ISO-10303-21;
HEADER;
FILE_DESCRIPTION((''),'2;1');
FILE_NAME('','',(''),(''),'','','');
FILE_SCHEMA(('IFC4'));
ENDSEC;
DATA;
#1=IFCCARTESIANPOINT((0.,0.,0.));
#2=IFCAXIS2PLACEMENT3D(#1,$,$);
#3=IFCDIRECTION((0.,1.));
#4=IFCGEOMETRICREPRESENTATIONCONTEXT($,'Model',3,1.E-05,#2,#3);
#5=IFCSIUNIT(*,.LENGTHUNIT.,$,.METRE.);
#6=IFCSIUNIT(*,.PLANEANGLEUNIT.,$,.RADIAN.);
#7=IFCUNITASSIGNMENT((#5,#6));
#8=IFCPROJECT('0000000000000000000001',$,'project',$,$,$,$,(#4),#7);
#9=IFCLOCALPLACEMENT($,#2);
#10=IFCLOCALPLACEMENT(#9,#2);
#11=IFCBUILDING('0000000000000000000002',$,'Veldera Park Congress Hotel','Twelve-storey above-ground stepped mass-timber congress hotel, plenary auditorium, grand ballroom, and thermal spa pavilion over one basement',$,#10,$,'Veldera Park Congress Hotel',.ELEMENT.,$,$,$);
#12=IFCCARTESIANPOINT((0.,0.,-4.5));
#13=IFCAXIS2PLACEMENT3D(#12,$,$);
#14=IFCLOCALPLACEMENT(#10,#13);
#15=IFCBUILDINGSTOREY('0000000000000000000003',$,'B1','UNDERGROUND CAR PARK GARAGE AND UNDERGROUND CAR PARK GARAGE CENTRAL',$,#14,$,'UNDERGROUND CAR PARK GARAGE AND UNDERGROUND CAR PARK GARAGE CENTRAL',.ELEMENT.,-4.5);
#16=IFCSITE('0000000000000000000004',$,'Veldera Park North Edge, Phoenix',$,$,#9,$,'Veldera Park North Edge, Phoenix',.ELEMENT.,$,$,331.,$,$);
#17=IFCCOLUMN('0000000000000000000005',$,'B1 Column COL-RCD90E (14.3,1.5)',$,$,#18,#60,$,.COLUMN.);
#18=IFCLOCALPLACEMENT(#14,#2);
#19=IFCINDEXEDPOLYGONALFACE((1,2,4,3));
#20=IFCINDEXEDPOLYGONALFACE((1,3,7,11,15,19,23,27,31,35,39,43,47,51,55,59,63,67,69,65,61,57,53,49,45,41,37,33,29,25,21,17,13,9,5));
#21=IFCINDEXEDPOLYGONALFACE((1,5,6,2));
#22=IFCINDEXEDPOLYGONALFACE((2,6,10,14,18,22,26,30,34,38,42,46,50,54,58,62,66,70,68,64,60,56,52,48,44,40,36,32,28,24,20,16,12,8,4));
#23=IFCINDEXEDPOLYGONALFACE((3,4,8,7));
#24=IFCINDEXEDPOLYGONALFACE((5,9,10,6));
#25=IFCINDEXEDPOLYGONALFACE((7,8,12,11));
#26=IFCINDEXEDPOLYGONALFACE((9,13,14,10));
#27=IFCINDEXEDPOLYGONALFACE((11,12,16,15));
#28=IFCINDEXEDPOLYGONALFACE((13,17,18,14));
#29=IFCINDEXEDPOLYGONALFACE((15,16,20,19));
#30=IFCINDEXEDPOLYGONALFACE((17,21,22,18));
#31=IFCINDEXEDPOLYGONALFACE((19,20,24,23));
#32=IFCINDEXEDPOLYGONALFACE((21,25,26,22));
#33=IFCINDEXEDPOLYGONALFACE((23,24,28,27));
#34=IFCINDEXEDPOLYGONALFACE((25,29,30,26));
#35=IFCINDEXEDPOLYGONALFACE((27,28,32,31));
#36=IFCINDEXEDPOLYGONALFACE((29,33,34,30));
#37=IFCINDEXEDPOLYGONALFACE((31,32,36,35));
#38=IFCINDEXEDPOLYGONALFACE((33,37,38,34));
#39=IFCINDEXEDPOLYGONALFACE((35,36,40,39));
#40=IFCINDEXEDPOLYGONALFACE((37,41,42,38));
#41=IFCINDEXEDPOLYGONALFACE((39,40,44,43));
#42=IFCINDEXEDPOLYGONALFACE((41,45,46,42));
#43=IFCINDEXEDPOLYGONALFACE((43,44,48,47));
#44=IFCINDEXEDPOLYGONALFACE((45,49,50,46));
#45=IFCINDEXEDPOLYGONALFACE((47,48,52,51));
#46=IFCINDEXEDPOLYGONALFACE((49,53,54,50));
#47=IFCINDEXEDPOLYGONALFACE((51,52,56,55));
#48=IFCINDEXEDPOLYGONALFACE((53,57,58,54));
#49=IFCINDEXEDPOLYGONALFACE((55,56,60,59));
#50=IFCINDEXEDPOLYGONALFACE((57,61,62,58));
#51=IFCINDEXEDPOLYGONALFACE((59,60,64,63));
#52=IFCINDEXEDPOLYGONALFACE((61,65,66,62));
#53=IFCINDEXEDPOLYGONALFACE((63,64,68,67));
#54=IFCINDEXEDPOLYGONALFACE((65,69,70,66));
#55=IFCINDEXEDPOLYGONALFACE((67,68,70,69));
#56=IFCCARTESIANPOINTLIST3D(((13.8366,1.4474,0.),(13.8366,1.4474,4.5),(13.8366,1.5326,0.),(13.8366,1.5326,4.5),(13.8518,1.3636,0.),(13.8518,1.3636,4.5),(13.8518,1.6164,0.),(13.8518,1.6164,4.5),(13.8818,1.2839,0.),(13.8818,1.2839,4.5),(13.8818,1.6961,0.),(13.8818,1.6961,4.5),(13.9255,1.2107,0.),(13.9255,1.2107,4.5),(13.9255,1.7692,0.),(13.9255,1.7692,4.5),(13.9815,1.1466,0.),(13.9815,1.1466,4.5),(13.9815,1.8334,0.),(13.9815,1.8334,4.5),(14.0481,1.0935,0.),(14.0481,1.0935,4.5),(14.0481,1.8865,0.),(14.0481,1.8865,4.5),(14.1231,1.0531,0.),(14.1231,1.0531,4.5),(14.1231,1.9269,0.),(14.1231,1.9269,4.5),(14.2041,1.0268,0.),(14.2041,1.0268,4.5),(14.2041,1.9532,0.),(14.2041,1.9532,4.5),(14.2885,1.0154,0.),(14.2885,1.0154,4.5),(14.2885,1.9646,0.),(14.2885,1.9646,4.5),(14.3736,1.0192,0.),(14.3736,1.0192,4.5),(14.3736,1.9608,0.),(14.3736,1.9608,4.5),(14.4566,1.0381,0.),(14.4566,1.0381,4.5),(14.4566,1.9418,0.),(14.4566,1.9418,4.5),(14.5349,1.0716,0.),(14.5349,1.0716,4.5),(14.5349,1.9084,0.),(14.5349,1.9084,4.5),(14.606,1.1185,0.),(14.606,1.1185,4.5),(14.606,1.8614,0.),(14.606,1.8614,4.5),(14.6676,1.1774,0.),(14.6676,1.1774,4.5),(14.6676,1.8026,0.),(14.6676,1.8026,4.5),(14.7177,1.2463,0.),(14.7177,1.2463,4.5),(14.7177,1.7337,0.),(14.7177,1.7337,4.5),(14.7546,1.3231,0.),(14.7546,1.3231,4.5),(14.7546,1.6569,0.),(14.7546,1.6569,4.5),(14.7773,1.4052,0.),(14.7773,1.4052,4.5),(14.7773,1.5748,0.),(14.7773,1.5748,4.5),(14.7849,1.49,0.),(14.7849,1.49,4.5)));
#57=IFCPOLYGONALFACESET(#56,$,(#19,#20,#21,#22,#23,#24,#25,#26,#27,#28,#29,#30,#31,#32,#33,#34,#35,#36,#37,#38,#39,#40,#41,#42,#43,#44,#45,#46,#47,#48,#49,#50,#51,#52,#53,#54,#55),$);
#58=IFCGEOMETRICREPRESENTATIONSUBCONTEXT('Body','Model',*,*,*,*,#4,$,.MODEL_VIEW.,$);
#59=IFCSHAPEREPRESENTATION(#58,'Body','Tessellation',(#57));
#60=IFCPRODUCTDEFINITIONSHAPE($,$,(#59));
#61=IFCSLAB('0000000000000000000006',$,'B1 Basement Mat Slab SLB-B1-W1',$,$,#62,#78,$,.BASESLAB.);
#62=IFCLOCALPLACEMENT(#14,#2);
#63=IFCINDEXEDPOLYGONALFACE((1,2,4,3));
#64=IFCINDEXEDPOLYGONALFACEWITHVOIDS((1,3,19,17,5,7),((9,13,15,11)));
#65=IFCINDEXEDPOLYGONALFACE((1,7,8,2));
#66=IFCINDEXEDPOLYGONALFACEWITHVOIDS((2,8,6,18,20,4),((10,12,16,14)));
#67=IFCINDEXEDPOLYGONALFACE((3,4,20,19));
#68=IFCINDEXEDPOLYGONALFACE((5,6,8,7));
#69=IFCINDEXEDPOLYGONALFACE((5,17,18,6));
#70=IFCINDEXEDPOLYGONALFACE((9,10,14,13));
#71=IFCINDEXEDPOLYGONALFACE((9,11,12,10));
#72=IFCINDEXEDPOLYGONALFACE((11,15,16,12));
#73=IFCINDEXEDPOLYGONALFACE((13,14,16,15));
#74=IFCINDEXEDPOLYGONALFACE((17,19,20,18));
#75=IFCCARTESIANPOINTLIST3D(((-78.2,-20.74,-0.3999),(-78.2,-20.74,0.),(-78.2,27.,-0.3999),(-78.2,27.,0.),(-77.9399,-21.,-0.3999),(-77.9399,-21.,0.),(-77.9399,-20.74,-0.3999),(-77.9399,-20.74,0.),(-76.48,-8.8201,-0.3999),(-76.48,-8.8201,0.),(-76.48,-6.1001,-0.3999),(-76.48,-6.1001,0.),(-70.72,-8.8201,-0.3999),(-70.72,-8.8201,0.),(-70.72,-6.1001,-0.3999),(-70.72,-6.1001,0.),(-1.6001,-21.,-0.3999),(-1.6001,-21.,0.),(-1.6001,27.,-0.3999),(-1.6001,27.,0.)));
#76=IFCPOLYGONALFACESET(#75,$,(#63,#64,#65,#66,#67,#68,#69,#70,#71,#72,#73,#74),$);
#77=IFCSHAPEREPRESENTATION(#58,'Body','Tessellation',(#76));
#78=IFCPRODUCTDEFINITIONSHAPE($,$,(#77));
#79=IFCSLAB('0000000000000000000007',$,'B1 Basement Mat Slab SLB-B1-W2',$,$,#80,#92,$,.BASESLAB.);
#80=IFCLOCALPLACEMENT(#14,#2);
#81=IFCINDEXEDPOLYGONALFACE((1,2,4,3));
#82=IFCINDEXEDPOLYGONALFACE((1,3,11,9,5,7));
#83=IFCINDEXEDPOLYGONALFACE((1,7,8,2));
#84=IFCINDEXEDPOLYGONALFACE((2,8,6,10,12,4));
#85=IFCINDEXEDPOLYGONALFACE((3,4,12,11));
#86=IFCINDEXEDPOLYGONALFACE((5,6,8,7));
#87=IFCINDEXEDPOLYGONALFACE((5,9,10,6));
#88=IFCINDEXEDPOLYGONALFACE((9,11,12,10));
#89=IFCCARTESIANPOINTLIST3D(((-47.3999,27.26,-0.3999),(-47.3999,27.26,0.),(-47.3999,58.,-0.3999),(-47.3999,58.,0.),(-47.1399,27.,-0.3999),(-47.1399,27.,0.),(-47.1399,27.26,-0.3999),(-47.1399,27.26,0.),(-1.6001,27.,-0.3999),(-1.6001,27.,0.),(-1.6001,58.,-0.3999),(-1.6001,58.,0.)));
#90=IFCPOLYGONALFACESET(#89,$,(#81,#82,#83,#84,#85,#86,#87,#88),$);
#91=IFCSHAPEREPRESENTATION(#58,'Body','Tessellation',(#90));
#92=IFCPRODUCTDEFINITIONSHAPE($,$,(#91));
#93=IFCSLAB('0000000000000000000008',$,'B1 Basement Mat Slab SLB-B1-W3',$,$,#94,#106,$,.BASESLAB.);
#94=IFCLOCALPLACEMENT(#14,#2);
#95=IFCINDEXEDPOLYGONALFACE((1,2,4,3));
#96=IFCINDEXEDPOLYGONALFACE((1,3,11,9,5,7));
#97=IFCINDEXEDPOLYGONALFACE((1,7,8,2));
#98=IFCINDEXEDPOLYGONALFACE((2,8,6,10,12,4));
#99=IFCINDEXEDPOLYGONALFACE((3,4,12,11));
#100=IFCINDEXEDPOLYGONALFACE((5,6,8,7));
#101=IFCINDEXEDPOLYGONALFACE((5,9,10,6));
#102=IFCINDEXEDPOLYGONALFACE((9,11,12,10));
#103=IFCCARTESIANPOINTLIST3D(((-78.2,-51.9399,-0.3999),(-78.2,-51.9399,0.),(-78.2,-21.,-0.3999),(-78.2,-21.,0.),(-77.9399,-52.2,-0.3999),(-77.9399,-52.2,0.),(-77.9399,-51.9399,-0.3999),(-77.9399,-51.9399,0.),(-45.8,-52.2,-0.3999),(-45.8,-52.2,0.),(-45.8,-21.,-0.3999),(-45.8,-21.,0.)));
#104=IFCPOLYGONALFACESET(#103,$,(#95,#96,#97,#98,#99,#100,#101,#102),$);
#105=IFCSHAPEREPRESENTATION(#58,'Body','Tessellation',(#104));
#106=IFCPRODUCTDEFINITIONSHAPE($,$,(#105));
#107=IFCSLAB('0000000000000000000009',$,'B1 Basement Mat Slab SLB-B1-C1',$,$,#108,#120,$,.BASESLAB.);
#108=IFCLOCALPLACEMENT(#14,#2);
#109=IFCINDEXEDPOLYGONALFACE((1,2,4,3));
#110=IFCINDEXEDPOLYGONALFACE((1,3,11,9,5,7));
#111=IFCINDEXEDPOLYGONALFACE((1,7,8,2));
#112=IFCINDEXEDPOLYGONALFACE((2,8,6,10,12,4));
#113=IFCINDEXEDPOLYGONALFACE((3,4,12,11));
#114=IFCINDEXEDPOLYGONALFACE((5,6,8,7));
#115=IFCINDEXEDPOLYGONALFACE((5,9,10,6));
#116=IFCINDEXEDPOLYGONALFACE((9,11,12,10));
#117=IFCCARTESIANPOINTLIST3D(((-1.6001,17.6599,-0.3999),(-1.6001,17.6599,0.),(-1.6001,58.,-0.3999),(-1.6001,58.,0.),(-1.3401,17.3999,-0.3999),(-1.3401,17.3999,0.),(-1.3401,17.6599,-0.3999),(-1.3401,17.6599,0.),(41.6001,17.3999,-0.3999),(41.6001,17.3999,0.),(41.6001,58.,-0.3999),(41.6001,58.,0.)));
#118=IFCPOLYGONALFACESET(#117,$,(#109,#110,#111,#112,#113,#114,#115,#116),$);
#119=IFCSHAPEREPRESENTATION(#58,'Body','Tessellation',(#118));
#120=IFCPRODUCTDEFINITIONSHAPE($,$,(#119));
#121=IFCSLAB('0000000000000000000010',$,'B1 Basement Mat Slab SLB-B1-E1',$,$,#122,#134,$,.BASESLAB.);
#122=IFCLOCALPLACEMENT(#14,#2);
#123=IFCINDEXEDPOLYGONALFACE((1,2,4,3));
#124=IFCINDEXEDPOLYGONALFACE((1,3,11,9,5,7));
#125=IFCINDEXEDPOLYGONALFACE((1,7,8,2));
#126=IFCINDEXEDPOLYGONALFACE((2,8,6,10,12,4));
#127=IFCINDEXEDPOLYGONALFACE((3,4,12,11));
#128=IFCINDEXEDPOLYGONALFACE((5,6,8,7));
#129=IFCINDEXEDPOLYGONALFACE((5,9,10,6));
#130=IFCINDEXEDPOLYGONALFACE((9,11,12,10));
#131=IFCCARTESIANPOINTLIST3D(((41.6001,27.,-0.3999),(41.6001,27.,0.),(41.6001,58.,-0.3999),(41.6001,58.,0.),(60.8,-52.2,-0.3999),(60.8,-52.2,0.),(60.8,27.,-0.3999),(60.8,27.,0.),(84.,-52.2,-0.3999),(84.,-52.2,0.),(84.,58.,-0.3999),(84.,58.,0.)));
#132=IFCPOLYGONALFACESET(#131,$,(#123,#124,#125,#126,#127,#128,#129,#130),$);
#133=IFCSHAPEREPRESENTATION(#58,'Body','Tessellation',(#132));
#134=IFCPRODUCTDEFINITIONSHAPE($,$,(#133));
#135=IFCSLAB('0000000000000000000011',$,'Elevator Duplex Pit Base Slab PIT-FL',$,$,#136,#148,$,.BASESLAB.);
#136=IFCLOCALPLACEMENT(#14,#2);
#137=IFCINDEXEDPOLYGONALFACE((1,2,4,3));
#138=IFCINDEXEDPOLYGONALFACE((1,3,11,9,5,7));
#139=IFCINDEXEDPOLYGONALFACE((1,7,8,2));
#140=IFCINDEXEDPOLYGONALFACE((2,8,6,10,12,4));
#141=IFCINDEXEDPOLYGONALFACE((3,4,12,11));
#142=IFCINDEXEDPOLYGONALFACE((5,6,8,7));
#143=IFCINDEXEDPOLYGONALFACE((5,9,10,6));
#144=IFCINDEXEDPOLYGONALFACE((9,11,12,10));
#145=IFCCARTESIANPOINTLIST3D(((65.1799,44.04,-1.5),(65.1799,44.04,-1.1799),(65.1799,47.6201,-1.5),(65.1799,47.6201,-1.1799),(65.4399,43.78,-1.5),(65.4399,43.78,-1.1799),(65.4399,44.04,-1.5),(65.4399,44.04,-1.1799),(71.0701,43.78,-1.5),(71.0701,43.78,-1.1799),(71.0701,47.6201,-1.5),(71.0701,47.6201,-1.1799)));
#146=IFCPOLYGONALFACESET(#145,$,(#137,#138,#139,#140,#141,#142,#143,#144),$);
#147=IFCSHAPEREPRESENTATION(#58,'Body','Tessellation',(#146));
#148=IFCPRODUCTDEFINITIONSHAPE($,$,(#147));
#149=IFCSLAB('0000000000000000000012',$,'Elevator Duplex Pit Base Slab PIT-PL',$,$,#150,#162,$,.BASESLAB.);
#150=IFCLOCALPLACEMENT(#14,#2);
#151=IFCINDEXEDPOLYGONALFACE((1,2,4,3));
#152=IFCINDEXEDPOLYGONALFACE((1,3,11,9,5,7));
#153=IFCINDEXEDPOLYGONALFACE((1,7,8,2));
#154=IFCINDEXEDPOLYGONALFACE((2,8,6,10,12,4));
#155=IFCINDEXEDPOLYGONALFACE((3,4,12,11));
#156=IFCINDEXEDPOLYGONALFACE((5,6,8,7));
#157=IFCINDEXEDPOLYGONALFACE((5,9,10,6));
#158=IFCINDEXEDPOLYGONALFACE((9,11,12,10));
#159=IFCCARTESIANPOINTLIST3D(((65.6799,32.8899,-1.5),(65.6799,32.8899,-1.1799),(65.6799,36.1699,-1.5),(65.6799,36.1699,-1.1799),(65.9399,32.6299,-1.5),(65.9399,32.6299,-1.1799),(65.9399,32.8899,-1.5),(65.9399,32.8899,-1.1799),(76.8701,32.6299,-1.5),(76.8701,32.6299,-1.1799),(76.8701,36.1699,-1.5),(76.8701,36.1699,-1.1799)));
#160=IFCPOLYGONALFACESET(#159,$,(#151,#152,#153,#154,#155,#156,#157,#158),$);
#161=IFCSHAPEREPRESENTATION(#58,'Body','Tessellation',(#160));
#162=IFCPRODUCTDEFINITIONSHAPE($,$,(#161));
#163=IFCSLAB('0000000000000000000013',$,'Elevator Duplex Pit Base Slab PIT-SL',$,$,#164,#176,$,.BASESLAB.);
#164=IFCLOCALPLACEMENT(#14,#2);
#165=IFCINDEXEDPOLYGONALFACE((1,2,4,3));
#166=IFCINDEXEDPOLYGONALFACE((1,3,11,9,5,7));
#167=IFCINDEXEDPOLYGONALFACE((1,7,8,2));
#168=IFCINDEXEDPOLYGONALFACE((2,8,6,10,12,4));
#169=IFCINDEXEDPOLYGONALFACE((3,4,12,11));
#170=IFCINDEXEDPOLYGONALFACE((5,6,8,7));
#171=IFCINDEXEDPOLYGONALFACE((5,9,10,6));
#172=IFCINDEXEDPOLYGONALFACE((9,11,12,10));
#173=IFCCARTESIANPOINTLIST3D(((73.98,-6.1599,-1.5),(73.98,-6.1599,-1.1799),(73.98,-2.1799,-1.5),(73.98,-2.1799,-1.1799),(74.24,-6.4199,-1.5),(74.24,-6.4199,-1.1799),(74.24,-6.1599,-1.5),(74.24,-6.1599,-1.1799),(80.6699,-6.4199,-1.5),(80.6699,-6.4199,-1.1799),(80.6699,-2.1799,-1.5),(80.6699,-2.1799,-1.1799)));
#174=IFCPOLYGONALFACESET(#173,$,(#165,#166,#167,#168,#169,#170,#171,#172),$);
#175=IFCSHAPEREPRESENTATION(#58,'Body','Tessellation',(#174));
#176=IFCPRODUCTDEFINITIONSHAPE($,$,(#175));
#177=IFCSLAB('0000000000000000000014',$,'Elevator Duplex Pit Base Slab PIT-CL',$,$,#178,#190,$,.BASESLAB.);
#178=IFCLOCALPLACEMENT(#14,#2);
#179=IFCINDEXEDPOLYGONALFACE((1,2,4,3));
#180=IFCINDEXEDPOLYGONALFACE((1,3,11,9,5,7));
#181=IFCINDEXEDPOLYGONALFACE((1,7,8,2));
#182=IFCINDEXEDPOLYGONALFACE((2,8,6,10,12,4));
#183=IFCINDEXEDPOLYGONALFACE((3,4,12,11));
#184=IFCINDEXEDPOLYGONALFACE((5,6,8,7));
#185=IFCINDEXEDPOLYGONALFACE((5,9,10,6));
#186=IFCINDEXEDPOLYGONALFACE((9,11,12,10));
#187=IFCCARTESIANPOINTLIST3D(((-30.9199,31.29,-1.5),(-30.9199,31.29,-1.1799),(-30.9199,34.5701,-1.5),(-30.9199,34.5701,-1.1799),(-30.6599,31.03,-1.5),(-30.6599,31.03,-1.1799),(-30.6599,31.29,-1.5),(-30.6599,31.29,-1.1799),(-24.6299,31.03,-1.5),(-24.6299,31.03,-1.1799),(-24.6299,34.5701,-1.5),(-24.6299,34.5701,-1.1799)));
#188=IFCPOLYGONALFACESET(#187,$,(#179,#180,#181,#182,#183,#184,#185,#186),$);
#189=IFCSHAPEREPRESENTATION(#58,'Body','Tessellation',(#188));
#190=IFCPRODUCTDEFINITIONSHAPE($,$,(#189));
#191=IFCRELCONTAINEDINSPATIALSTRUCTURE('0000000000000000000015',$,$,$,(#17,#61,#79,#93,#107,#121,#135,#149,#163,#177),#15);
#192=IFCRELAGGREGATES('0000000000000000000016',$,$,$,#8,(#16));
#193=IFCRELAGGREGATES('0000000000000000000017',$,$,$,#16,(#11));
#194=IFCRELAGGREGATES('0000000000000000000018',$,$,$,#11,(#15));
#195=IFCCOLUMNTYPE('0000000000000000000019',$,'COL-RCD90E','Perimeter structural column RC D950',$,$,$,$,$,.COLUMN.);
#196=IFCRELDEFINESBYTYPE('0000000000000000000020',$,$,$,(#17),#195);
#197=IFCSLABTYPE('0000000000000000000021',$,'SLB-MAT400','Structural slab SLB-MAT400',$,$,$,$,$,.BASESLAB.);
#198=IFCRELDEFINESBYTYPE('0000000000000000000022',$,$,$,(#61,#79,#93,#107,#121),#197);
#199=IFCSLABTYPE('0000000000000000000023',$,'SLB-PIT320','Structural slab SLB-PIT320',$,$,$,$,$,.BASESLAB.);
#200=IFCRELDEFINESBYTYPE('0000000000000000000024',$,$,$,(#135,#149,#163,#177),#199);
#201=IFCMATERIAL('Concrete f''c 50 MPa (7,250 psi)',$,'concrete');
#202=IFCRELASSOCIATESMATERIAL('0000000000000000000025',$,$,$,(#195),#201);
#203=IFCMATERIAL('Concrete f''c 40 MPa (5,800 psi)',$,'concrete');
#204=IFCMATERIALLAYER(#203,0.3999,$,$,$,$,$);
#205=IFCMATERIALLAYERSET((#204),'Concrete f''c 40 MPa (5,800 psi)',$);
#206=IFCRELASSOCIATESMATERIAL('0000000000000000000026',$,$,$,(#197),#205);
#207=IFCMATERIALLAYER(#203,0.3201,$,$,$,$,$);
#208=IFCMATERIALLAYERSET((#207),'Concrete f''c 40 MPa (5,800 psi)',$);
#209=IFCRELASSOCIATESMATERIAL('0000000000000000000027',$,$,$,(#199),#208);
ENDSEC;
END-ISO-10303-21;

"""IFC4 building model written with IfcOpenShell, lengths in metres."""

from ifc_helpers import new_model, si_unit, direction, frame, origin, origin_2d, place, context, subcontext, project, spatial, polyline, circle, outline, extrude, material, layer, layer_set, material_profile, profile_set, type_object, element, save


model = new_model("IFC4")

# Units and contexts
model_context = context("Model", 3, precision=1e-05, world=origin(), true_north=direction((0.0, 1.0)))
body_context = subcontext(model_context, "Body", "Model", "MODEL_VIEW")
ifc_project = project(units=[si_unit("LENGTHUNIT", "METRE"), si_unit("PLANEANGLEUNIT", "RADIAN")], contexts=[model_context])

# Site, building, storey
site_placement = place(None, origin())
site = spatial("IfcSite", under=ifc_project, at=site_placement, Name="Veldera Park North Edge, Phoenix", LongName="Veldera Park North Edge, Phoenix", CompositionType="ELEMENT", RefElevation=331.0)
building_placement = place(site_placement, origin())
building = spatial("IfcBuilding", under=site, at=building_placement, Name="Veldera Park Congress Hotel", Description="Twelve-storey above-ground stepped mass-timber congress hotel, plenary auditorium, grand ballroom, and thermal spa pavilion over one basement", LongName="Veldera Park Congress Hotel", CompositionType="ELEMENT")
storey_placement = place(building_placement, frame((0.0, 0.0, -4.5)))
storey = spatial("IfcBuildingStorey", under=building, at=storey_placement, Name="B1", Description="UNDERGROUND CAR PARK GARAGE AND UNDERGROUND CAR PARK GARAGE CENTRAL", LongName="UNDERGROUND CAR PARK GARAGE AND UNDERGROUND CAR PARK GARAGE CENTRAL", CompositionType="ELEMENT", Elevation=-4.5)

# Shared definitions
ifc_material_1 = material(Name="Concrete f'c 40 MPa (5,800 psi)", Category="concrete")

# Column
ifc_material_2 = material(Name="Concrete f'c 50 MPa (7,250 psi)", Category="concrete")
ifc_material_profile_1 = material_profile(ifc_material_2, circle(Radius=0.4751, at=origin_2d()), Name="RC D950")
ifc_profile_set_1 = profile_set([ifc_material_profile_1], Name="Concrete f'c 50 MPa (7,250 psi)")
column_type = type_object("IfcColumnType", Name="COL-RCD90E", Description="Perimeter structural column RC D950", PredefinedType="COLUMN", material=ifc_profile_set_1)
column_placement = place(storey_placement, frame((14.3098, 1.49, 0.0), z_axis=(0.0, 0.0, 1.0), x_axis=(1.0, 0.0, 0.0)))
element("IfcColumn", 1, at=column_placement, inside=storey, type_object=column_type, Name="B1 Column COL-RCD90E (14.3,1.5)", PredefinedType="COLUMN", context=body_context, shape_type="SweptSolid", body=[
    extrude(circle(Radius=0.4751, at=origin_2d()), origin(), (0.0, 0.0, 1.0), 4.5),
])

# Slabs
ifc_layer_1 = layer(ifc_material_1, 0.3999)
ifc_layer_set_1 = layer_set([ifc_layer_1], Name="Concrete f'c 40 MPa (5,800 psi)")
slab_type_1 = type_object("IfcSlabType", Name="SLB-MAT400", Description="Structural slab SLB-MAT400", PredefinedType="BASESLAB", material=ifc_layer_set_1)
slab_1_placement = place(storey_placement, frame((0.0, 0.0, -0.3999)))
element("IfcSlab", 2, at=slab_1_placement, inside=storey, type_object=slab_type_1, Name="B1 Basement Mat Slab SLB-B1-W1", PredefinedType="BASESLAB", context=body_context, shape_type="SweptSolid", body=[
    extrude(outline(polyline([(-78.2, -20.74), (-77.9399, -20.74), (-77.9399, -21.0), (-1.6001, -21.0), (-1.6001, 27.0), (-78.2, 27.0), (-78.2, -20.74)]), holes=[polyline([(-76.48, -8.8201), (-70.72, -8.8201), (-70.72, -6.1001), (-76.48, -6.1001), (-76.48, -8.8201)])]), origin(), (0.0, 0.0, 1.0), 0.3999),
])
slab_2_placement = place(storey_placement, frame((0.0, 0.0, -0.3999)))
element("IfcSlab", 3, at=slab_2_placement, inside=storey, type_object=slab_type_1, Name="B1 Basement Mat Slab SLB-B1-W2", PredefinedType="BASESLAB", context=body_context, shape_type="SweptSolid", body=[
    extrude(outline(polyline([(-47.3999, 27.26), (-47.1399, 27.26), (-47.1399, 27.0), (-1.6001, 27.0), (-1.6001, 58.0), (-47.3999, 58.0), (-47.3999, 27.26)])), origin(), (0.0, 0.0, 1.0), 0.3999),
])
slab_3_placement = place(storey_placement, frame((0.0, 0.0, -0.3999)))
element("IfcSlab", 4, at=slab_3_placement, inside=storey, type_object=slab_type_1, Name="B1 Basement Mat Slab SLB-B1-W3", PredefinedType="BASESLAB", context=body_context, shape_type="SweptSolid", body=[
    extrude(outline(polyline([(-78.2, -51.9399), (-77.9399, -51.9399), (-77.9399, -52.2), (-45.8, -52.2), (-45.8, -21.0), (-78.2, -21.0), (-78.2, -51.9399)])), origin(), (0.0, 0.0, 1.0), 0.3999),
])
slab_4_placement = place(storey_placement, frame((0.0, 0.0, -0.3999)))
element("IfcSlab", 5, at=slab_4_placement, inside=storey, type_object=slab_type_1, Name="B1 Basement Mat Slab SLB-B1-C1", PredefinedType="BASESLAB", context=body_context, shape_type="SweptSolid", body=[
    extrude(outline(polyline([(-1.6001, 17.6599), (-1.3401, 17.6599), (-1.3401, 17.3999), (41.6001, 17.3999), (41.6001, 58.0), (-1.6001, 58.0), (-1.6001, 17.6599)])), origin(), (0.0, 0.0, 1.0), 0.3999),
])
slab_5_placement = place(storey_placement, frame((0.0, 0.0, -0.3999)))
element("IfcSlab", 6, at=slab_5_placement, inside=storey, type_object=slab_type_1, Name="B1 Basement Mat Slab SLB-B1-E1", PredefinedType="BASESLAB", context=body_context, shape_type="SweptSolid", body=[
    extrude(outline(polyline([(60.8, -52.2), (84.0, -52.2), (84.0, 58.0), (41.6001, 58.0), (41.6001, 27.0), (60.8, 27.0), (60.8, -52.2)])), origin(), (0.0, 0.0, 1.0), 0.3999),
])
ifc_layer_2 = layer(ifc_material_1, 0.3201)
ifc_layer_set_2 = layer_set([ifc_layer_2], Name="Concrete f'c 40 MPa (5,800 psi)")
slab_type_2 = type_object("IfcSlabType", Name="SLB-PIT320", Description="Structural slab SLB-PIT320", PredefinedType="BASESLAB", material=ifc_layer_set_2)
slab_6_placement = place(storey_placement, frame((0.0, 0.0, -1.5)))
element("IfcSlab", 7, at=slab_6_placement, inside=storey, type_object=slab_type_2, Name="Elevator Duplex Pit Base Slab PIT-FL", PredefinedType="BASESLAB", context=body_context, shape_type="SweptSolid", body=[
    extrude(outline(polyline([(65.1799, 44.04), (65.4399, 44.04), (65.4399, 43.78), (71.0701, 43.78), (71.0701, 47.6201), (65.1799, 47.6201), (65.1799, 44.04)])), origin(), (0.0, 0.0, 1.0), 0.3201),
])
slab_7_placement = place(storey_placement, frame((0.0, 0.0, -1.5)))
element("IfcSlab", 8, at=slab_7_placement, inside=storey, type_object=slab_type_2, Name="Elevator Duplex Pit Base Slab PIT-PL", PredefinedType="BASESLAB", context=body_context, shape_type="SweptSolid", body=[
    extrude(outline(polyline([(65.6799, 32.8899), (65.9399, 32.8899), (65.9399, 32.6299), (76.8701, 32.6299), (76.8701, 36.1699), (65.6799, 36.1699), (65.6799, 32.8899)])), origin(), (0.0, 0.0, 1.0), 0.3201),
])
slab_8_placement = place(storey_placement, frame((0.0, 0.0, -1.5)))
element("IfcSlab", 9, at=slab_8_placement, inside=storey, type_object=slab_type_2, Name="Elevator Duplex Pit Base Slab PIT-SL", PredefinedType="BASESLAB", context=body_context, shape_type="SweptSolid", body=[
    extrude(outline(polyline([(73.98, -6.1599), (74.24, -6.1599), (74.24, -6.4199), (80.6699, -6.4199), (80.6699, -2.1799), (73.98, -2.1799), (73.98, -6.1599)])), origin(), (0.0, 0.0, 1.0), 0.3201),
])
slab_9_placement = place(storey_placement, frame((0.0, 0.0, -1.5)))
element("IfcSlab", 10, at=slab_9_placement, inside=storey, type_object=slab_type_2, Name="Elevator Duplex Pit Base Slab PIT-CL", PredefinedType="BASESLAB", context=body_context, shape_type="SweptSolid", body=[
    extrude(outline(polyline([(-30.9199, 31.29), (-30.6599, 31.29), (-30.6599, 31.03), (-24.6299, 31.03), (-24.6299, 34.5701), (-30.9199, 34.5701), (-30.9199, 31.29)])), origin(), (0.0, 0.0, 1.0), 0.3201),
])

save(model, "model.ifc")
